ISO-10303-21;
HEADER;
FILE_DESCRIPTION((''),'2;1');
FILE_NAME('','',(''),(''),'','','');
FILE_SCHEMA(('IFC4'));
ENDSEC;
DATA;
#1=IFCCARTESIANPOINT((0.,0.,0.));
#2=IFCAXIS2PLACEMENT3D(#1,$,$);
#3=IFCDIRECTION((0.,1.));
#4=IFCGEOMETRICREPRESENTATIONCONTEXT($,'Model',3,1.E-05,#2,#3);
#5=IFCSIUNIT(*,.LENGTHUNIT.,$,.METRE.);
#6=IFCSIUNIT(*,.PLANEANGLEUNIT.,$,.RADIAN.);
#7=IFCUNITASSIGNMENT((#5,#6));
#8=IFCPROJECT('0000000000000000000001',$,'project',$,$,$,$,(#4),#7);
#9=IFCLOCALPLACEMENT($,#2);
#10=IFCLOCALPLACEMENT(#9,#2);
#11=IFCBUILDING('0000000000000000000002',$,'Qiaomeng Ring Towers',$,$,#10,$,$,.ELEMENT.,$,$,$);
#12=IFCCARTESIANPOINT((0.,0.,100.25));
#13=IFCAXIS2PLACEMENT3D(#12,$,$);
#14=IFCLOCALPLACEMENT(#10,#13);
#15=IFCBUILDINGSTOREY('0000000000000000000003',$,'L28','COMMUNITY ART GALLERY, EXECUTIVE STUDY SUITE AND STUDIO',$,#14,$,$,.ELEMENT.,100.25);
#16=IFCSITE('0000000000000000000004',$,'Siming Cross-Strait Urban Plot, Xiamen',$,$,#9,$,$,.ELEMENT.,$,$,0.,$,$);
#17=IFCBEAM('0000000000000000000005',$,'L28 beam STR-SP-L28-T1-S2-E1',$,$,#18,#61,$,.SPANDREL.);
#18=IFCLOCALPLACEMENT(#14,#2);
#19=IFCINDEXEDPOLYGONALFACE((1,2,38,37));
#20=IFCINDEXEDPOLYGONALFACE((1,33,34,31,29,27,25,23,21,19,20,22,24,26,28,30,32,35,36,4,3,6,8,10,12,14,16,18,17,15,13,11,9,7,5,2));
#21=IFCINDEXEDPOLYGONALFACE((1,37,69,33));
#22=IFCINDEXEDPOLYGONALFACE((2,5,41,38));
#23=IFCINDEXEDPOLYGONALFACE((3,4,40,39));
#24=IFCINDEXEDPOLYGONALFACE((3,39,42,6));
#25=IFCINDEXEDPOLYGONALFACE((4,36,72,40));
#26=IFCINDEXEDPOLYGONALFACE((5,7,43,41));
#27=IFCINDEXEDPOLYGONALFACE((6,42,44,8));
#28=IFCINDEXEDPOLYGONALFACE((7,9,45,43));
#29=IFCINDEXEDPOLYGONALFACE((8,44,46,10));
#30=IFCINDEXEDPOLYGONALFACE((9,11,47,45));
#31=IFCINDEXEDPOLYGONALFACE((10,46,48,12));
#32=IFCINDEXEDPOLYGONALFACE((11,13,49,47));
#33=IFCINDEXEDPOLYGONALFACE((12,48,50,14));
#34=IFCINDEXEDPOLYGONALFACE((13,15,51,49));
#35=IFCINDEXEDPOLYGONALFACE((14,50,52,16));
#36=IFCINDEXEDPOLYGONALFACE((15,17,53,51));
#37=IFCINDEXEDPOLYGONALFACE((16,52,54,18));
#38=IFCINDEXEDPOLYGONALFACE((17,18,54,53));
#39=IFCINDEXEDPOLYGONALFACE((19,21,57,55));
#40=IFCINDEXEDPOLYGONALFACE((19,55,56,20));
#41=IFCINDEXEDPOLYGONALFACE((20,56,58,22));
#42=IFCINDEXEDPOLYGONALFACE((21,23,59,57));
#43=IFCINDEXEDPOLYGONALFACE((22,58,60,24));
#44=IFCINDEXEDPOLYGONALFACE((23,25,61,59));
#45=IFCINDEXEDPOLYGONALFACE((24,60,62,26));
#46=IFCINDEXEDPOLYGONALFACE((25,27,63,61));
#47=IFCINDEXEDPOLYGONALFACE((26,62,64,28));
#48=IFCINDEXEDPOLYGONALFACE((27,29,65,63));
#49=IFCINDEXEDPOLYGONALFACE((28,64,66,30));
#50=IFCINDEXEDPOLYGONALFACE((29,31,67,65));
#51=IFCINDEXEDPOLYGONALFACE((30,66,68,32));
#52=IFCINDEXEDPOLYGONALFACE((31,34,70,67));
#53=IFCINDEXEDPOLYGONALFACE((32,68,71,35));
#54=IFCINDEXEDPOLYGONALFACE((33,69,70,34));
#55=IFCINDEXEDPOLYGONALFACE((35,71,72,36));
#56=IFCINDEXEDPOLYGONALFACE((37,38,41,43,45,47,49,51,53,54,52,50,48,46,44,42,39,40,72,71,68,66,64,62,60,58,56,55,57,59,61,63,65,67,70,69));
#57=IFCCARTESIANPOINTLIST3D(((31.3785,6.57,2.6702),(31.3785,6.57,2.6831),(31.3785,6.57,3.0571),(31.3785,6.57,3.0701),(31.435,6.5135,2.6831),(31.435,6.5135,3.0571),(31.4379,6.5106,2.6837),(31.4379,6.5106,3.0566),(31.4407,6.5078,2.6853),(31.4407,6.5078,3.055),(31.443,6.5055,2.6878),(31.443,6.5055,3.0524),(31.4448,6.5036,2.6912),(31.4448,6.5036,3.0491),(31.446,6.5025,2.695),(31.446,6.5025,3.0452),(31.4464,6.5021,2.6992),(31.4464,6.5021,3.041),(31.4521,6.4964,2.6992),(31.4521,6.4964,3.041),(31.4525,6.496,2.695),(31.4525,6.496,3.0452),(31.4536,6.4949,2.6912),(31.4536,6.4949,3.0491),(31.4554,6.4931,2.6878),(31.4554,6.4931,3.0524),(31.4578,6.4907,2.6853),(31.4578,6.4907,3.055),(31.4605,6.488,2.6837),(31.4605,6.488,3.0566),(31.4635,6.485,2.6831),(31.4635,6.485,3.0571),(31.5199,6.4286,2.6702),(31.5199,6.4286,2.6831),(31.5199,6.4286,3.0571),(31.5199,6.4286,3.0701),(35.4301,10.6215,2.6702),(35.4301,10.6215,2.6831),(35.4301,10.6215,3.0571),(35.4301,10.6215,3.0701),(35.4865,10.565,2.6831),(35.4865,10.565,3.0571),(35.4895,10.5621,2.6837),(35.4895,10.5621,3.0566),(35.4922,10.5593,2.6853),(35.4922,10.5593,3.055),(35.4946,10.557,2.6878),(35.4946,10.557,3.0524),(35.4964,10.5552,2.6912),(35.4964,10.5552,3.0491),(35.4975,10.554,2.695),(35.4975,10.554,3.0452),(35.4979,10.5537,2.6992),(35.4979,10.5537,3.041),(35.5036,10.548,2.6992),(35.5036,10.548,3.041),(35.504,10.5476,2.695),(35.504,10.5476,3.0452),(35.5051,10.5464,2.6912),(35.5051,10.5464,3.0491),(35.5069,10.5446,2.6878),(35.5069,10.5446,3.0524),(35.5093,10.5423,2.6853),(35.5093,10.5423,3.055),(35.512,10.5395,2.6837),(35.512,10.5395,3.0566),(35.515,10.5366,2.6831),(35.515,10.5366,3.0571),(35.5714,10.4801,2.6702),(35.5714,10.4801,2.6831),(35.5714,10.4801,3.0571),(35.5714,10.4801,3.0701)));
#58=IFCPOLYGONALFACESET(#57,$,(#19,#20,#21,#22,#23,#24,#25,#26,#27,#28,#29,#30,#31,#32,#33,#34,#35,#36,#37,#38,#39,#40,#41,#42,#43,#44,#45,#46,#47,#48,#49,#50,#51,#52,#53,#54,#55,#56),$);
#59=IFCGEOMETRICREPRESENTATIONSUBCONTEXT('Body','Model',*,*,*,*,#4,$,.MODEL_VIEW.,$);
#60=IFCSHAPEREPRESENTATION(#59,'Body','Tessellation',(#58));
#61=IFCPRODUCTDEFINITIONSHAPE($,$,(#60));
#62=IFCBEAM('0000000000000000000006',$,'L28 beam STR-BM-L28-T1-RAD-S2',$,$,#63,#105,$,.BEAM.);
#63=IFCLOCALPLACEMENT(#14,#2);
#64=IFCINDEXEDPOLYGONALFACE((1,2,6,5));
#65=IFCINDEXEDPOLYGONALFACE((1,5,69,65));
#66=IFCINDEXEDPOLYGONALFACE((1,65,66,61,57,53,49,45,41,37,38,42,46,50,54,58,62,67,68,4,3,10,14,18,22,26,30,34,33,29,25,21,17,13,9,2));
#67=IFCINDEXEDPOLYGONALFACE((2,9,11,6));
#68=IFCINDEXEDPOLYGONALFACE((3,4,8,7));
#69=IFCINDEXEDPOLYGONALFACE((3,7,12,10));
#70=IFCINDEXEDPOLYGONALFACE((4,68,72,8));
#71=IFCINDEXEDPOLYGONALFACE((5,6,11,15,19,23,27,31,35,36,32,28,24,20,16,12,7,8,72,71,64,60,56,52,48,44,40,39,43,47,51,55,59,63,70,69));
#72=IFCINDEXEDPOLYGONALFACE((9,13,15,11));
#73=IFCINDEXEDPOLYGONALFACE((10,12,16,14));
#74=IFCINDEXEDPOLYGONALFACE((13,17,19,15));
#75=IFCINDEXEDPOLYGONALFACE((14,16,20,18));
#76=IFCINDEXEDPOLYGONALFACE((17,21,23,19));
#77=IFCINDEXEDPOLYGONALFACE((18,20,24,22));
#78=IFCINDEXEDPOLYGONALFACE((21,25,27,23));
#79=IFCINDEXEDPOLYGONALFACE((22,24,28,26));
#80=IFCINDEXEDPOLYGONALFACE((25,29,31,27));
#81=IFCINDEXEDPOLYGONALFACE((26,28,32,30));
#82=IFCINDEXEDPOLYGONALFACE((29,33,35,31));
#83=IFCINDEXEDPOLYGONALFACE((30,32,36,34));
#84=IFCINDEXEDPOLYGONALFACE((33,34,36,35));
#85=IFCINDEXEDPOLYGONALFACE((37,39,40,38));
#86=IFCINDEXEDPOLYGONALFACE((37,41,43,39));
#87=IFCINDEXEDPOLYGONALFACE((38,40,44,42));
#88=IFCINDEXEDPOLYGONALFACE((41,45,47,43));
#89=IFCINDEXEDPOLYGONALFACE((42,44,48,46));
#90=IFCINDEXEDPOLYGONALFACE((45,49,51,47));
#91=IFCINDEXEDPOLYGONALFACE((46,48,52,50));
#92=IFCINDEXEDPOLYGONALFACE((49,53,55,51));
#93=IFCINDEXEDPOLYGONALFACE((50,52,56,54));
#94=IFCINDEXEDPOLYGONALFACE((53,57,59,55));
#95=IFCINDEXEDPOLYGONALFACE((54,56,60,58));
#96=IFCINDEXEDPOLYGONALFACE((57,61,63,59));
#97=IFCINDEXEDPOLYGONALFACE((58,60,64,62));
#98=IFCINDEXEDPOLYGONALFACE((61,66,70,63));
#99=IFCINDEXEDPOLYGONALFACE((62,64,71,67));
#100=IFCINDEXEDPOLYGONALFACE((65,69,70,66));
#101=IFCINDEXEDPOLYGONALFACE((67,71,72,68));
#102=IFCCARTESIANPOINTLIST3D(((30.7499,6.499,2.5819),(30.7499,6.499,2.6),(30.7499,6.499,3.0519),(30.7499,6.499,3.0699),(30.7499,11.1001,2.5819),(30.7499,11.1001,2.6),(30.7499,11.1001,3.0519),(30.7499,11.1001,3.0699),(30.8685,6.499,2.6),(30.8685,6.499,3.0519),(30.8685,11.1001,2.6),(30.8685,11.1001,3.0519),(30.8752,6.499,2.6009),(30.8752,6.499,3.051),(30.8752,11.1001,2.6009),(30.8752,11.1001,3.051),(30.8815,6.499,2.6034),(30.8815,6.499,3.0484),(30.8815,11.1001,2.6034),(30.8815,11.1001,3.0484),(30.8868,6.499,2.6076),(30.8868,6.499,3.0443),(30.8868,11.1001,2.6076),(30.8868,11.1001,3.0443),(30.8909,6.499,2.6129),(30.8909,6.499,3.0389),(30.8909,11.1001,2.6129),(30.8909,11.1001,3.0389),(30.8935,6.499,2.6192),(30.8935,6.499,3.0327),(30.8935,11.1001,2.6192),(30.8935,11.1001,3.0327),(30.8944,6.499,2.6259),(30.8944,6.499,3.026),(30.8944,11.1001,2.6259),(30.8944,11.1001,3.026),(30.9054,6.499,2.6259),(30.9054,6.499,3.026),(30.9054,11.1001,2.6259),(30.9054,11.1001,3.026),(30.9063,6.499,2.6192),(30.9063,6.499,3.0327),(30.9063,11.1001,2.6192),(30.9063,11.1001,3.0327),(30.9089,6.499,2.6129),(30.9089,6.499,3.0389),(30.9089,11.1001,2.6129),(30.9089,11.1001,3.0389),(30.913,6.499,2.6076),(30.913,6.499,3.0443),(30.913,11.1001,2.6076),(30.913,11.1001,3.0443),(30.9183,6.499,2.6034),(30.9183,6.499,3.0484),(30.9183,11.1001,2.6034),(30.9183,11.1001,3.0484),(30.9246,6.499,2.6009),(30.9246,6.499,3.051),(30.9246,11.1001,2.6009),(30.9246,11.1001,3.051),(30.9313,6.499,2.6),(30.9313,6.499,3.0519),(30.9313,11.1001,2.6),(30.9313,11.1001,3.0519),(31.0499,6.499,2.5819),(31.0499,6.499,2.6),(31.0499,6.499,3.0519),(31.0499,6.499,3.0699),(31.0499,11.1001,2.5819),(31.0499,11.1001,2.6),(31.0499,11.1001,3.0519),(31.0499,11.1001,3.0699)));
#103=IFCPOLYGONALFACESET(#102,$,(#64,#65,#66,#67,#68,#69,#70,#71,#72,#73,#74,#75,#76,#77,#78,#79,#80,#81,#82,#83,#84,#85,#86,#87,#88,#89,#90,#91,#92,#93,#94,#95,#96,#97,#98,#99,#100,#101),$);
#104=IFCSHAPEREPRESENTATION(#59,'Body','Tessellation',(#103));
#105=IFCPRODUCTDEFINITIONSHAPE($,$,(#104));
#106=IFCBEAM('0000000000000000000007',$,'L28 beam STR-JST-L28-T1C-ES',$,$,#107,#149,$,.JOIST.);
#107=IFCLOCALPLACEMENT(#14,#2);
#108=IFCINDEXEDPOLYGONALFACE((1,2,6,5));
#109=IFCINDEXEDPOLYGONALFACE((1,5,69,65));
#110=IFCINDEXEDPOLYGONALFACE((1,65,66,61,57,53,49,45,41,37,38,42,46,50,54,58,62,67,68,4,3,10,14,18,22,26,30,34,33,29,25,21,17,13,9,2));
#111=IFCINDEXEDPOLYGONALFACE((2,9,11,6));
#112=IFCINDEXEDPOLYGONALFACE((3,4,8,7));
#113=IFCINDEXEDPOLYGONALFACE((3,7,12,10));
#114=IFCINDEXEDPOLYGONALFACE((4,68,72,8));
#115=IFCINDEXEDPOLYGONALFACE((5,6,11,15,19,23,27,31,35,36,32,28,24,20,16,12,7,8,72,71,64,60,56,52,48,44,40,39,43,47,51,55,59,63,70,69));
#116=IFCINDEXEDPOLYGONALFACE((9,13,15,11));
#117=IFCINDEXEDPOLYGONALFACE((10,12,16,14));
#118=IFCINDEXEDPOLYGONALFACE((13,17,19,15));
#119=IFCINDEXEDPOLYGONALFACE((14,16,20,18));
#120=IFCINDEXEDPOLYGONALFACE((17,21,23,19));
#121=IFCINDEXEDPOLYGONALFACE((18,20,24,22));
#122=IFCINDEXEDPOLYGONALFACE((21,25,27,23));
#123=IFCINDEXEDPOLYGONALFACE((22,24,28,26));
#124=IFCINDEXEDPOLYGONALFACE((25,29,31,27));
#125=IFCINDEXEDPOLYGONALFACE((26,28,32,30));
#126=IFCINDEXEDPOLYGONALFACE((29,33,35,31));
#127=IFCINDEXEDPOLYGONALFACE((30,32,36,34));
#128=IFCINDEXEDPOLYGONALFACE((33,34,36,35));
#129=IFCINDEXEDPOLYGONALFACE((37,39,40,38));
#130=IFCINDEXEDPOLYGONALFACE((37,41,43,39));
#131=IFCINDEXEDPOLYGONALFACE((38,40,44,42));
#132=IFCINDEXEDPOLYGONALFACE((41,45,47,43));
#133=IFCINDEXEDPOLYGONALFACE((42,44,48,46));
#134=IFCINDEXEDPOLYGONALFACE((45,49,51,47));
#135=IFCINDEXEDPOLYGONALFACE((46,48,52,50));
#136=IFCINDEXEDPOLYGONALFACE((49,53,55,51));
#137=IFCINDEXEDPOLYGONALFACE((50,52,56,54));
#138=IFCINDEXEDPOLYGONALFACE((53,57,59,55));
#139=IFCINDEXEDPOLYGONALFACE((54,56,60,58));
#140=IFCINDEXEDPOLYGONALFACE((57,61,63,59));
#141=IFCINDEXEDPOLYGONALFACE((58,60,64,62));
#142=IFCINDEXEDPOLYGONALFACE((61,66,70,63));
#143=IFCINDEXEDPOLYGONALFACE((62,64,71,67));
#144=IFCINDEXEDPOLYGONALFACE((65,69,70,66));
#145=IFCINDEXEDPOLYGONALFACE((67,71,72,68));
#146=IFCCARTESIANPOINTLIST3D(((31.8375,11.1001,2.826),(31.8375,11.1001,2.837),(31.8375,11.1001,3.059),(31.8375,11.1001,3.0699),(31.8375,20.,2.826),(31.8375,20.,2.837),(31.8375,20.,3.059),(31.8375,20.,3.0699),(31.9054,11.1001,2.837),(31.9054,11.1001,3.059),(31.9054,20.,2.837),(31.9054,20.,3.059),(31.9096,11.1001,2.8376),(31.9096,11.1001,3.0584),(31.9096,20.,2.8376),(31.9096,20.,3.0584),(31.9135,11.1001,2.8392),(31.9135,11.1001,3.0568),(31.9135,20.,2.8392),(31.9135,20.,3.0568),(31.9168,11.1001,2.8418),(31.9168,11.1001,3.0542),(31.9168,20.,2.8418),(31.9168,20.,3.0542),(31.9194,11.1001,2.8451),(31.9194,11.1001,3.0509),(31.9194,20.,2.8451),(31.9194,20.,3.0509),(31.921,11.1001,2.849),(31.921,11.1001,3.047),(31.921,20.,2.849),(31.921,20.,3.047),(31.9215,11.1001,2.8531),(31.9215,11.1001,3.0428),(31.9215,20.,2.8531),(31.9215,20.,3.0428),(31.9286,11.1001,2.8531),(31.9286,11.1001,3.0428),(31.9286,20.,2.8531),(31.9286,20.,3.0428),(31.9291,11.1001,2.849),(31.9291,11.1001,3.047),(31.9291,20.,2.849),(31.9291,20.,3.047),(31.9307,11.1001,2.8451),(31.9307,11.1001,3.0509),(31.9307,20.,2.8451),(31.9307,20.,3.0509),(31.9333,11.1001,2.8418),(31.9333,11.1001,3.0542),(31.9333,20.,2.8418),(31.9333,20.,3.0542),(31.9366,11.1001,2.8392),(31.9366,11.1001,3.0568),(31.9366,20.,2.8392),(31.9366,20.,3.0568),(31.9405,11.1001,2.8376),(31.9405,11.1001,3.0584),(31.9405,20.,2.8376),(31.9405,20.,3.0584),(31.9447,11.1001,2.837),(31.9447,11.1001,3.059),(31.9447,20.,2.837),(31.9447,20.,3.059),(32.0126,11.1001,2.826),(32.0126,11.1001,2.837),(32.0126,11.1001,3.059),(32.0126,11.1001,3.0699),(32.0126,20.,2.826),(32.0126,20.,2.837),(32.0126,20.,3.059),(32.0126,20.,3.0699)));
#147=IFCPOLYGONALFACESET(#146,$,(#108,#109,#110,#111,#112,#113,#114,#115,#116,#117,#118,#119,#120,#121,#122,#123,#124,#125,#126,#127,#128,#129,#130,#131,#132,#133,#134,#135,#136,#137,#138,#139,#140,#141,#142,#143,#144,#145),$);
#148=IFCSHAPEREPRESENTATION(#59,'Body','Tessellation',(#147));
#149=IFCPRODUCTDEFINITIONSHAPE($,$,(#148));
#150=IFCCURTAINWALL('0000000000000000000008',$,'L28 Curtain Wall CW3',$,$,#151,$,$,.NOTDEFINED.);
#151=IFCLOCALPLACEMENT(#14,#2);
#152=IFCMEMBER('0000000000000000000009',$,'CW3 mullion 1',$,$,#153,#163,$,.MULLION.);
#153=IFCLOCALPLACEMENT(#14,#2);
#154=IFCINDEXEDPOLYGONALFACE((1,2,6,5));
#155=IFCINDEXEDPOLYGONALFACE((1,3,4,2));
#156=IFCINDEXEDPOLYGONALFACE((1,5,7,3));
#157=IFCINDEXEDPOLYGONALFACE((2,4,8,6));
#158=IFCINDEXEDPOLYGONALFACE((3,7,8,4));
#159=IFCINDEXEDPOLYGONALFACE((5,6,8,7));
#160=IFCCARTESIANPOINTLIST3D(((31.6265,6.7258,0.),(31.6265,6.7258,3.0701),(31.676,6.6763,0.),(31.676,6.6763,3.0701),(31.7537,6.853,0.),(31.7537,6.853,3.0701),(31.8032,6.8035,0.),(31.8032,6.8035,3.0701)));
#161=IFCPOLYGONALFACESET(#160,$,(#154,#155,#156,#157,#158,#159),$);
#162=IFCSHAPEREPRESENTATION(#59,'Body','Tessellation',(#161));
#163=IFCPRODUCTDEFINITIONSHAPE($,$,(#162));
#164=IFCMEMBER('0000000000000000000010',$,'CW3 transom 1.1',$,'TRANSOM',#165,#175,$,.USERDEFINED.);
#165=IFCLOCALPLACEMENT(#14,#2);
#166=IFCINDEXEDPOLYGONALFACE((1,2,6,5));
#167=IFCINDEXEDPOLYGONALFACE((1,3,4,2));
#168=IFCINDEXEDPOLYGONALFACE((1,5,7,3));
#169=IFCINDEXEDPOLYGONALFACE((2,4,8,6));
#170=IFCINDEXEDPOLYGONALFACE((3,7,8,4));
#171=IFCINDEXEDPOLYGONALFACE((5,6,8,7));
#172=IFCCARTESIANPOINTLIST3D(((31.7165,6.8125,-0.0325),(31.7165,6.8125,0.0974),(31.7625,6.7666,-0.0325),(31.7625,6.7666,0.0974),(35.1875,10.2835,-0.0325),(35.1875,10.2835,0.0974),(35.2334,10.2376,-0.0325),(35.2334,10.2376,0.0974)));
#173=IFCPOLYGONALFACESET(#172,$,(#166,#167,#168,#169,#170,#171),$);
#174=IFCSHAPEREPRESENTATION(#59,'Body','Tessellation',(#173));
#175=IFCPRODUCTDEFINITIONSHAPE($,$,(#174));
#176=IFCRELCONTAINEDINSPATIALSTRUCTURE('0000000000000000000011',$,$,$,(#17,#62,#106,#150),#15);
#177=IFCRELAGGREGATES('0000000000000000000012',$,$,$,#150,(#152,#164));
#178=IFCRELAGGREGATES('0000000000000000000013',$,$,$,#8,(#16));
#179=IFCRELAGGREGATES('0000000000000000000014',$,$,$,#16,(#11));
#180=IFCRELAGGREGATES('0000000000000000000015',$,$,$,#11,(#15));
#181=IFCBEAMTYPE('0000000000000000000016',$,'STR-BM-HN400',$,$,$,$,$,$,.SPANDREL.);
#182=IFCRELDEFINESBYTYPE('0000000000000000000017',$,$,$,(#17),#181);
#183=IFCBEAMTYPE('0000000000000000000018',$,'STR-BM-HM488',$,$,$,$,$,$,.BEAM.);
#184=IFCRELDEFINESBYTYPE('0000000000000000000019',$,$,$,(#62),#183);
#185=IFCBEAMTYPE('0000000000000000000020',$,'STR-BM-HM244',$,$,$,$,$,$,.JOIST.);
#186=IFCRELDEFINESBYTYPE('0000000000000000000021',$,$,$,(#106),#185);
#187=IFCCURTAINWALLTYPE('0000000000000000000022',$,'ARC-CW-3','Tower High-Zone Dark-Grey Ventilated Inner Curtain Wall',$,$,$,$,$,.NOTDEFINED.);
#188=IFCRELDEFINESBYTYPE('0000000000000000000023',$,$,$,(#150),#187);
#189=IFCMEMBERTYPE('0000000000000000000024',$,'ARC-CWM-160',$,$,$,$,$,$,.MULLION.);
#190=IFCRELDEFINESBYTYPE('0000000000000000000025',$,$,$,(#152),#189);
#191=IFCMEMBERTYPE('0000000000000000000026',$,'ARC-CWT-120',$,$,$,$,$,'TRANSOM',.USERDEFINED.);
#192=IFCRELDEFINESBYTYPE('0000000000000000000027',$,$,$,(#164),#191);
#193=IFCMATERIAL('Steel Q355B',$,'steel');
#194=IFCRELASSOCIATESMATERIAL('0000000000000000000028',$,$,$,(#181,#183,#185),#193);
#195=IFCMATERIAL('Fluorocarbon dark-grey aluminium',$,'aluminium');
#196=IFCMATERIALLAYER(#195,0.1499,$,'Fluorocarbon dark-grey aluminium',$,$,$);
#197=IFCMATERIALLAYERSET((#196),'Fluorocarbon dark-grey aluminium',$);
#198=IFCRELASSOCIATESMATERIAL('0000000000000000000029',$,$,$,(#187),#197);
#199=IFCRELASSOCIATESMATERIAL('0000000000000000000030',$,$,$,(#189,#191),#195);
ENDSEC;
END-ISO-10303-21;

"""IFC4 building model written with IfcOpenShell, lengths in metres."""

from ifc_helpers import new_model, si_unit, direction, frame, origin, origin_2d, place, context, subcontext, project, spatial, rectangle, i_section, extrude, source, transform, mapped, material, layer, layer_set, material_profile, profile_set, type_object, element, aggregate, save


model = new_model("IFC4")

# Units and contexts
model_context = context("Model", 3, precision=1e-05, world=origin(), true_north=direction((0.0, 1.0)))
body_context = subcontext(model_context, "Body", "Model", "MODEL_VIEW")
ifc_project = project(units=[si_unit("LENGTHUNIT", "METRE"), si_unit("PLANEANGLEUNIT", "RADIAN")], contexts=[model_context])

# Site, building, storey
site_placement = place(None, origin())
site = spatial("IfcSite", under=ifc_project, at=site_placement, Name="Siming Cross-Strait Urban Plot, Xiamen", CompositionType="ELEMENT", RefElevation=0.0)
building_placement = place(site_placement, origin())
building = spatial("IfcBuilding", under=site, at=building_placement, Name="Qiaomeng Ring Towers", CompositionType="ELEMENT")
storey_placement = place(building_placement, frame((0.0, 0.0, 100.25)))
storey = spatial("IfcBuildingStorey", under=building, at=storey_placement, Name="L28", Description="COMMUNITY ART GALLERY, EXECUTIVE STUDY SUITE AND STUDIO", CompositionType="ELEMENT", Elevation=100.25)

# Beams
ifc_material_1 = material(Name="Steel Q355B", Category="steel")
ifc_material_profile_1 = material_profile(ifc_material_1, i_section(OverallWidth=0.2, OverallDepth=0.3999, WebThickness=0.0081, FlangeThickness=0.0129, FilletRadius=0.0161, at=origin_2d()), Name="HN 400x200x8x13")
ifc_profile_set_1 = profile_set([ifc_material_profile_1], Name="Steel Q355B")
beam_type_1 = type_object("IfcBeamType", Name="STR-BM-HN400", PredefinedType="SPANDREL", material=ifc_profile_set_1)
shared_shape_1 = source(origin(), body_context, "Body", "SweptSolid", [
    extrude(i_section(OverallWidth=0.2, OverallDepth=0.3999, WebThickness=0.0081, FlangeThickness=0.0129, FilletRadius=0.0161, at=origin_2d()), origin(), (0.0, 0.0, 1.0), 5.7297),
])
beam_1_placement = place(storey_placement, frame((31.4492, 6.4993, 2.8701), z_axis=(0.707107, 0.707107, 0.0), x_axis=(-0.707107, 0.707107, 0.0)))
element("IfcBeam", 1, at=beam_1_placement, inside=storey, type_object=beam_type_1, Name="L28 beam STR-SP-L28-T1-S2-E1", PredefinedType="SPANDREL", context=body_context, shape_type="MappedRepresentation", body=[
    mapped(shared_shape_1, transform((0.0, 0.0, 0.0), x_axis=(1.0, 0.0, 0.0), y_axis=(0.0, 1.0, 0.0), z_axis=(0.0, 0.0, 1.0), scale=1.0)),
])
ifc_material_profile_2 = material_profile(ifc_material_1, i_section(OverallWidth=0.3, OverallDepth=0.488, WebThickness=0.011, FlangeThickness=0.0181, FilletRadius=0.0259, at=origin_2d()), Name="HM 488x300x11x18")
ifc_profile_set_2 = profile_set([ifc_material_profile_2], Name="Steel Q355B")
beam_type_2 = type_object("IfcBeamType", Name="STR-BM-HM488", PredefinedType="BEAM", material=ifc_profile_set_2)
shared_shape_2 = source(origin(), body_context, "Body", "SweptSolid", [
    extrude(i_section(OverallWidth=0.3, OverallDepth=0.488, WebThickness=0.011, FlangeThickness=0.0181, FilletRadius=0.0259, at=origin_2d()), origin(), (0.0, 0.0, 1.0), 4.6011),
])
beam_2_placement = place(storey_placement, frame((30.8999, 6.499, 2.8259), z_axis=(0.0, 1.0, 0.0), x_axis=(-1.0, 0.0, 0.0)))
element("IfcBeam", 2, at=beam_2_placement, inside=storey, type_object=beam_type_2, Name="L28 beam STR-BM-L28-T1-RAD-S2", PredefinedType="BEAM", context=body_context, shape_type="MappedRepresentation", body=[
    mapped(shared_shape_2, transform((0.0, 0.0, 0.0), x_axis=(1.0, 0.0, 0.0), y_axis=(0.0, 1.0, 0.0), z_axis=(0.0, 0.0, 1.0), scale=1.0)),
])
ifc_material_profile_3 = material_profile(ifc_material_1, i_section(OverallWidth=0.175, OverallDepth=0.2439, WebThickness=0.0071, FlangeThickness=0.011, FilletRadius=0.0161, at=origin_2d()), Name="HM 244x175x7x11")
ifc_profile_set_3 = profile_set([ifc_material_profile_3], Name="Steel Q355B")
beam_type_3 = type_object("IfcBeamType", Name="STR-BM-HM244", PredefinedType="JOIST", material=ifc_profile_set_3)
shared_shape_3 = source(origin(), body_context, "Body", "SweptSolid", [
    extrude(i_section(OverallWidth=0.175, OverallDepth=0.2439, WebThickness=0.0071, FlangeThickness=0.011, FilletRadius=0.0161, at=origin_2d()), origin(), (0.0, 0.0, 1.0), 8.8999),
])
beam_3_placement = place(storey_placement, frame((31.925, 11.1001, 2.948), z_axis=(0.0, 1.0, 0.0), x_axis=(-1.0, 0.0, 0.0)))
element("IfcBeam", 3, at=beam_3_placement, inside=storey, type_object=beam_type_3, Name="L28 beam STR-JST-L28-T1C-ES", PredefinedType="JOIST", context=body_context, shape_type="MappedRepresentation", body=[
    mapped(shared_shape_3, transform((0.0, 0.0, 0.0), x_axis=(1.0, 0.0, 0.0), y_axis=(0.0, 1.0, 0.0), z_axis=(0.0, 0.0, 1.0), scale=1.0)),
])

# Curtain wall, members
ifc_material_2 = material(Name="Fluorocarbon dark-grey aluminium", Category="aluminium")
ifc_layer_1 = layer(ifc_material_2, 0.1499, Name="Fluorocarbon dark-grey aluminium")
ifc_layer_set_1 = layer_set([ifc_layer_1], Name="Fluorocarbon dark-grey aluminium")
curtain_wall_type = type_object("IfcCurtainWallType", Name="ARC-CW-3", Description="Tower High-Zone Dark-Grey Ventilated Inner Curtain Wall", PredefinedType="NOTDEFINED", material=ifc_layer_set_1)
curtain_wall_placement = place(storey_placement, origin())
curtain_wall = element("IfcCurtainWall", 4, at=curtain_wall_placement, inside=storey, type_object=curtain_wall_type, Name="L28 Curtain Wall CW3", PredefinedType="NOTDEFINED")
ifc_material_profile_4 = material_profile(ifc_material_2, rectangle(XDim=0.0701, YDim=0.1799, at=origin_2d()), Name="ALU MULL 70x180")
ifc_profile_set_4 = profile_set([ifc_material_profile_4], Name="Fluorocarbon dark-grey aluminium")
member_type_1 = type_object("IfcMemberType", Name="ARC-CWM-160", PredefinedType="MULLION", material=ifc_profile_set_4)
shared_shape_4 = source(origin(), body_context, "Body", "SweptSolid", [
    extrude(rectangle(XDim=0.0701, YDim=0.1799, at=origin_2d()), origin(), (0.0, 0.0, 1.0), 3.0701),
])
member_1_placement = place(storey_placement, frame((31.7148, 6.7646, 0.0), z_axis=(0.0, 0.0, 1.0), x_axis=(-0.707107, 0.707107, 0.0)))
member_1 = element("IfcMember", 5, at=member_1_placement, type_object=member_type_1, Name="CW3 mullion 1", PredefinedType="MULLION", context=body_context, shape_type="MappedRepresentation", body=[
    mapped(shared_shape_4, transform((0.0, 0.0, 0.0), x_axis=(1.0, 0.0, 0.0), y_axis=(0.0, 1.0, 0.0), z_axis=(0.0, 0.0, 1.0), scale=1.0)),
])
ifc_material_profile_5 = material_profile(ifc_material_2, rectangle(XDim=0.0649, YDim=0.1299, at=origin_2d()), Name="ALU TRAN 65x130")
ifc_profile_set_5 = profile_set([ifc_material_profile_5], Name="Fluorocarbon dark-grey aluminium")
member_type_2 = type_object("IfcMemberType", Name="ARC-CWT-120", ElementType="TRANSOM", PredefinedType="USERDEFINED", material=ifc_profile_set_5)
shared_shape_5 = source(origin(), body_context, "Body", "SweptSolid", [
    extrude(rectangle(XDim=0.0649, YDim=0.1299, at=origin_2d()), origin(), (0.0, 0.0, 1.0), 4.9087),
])
member_2_placement = place(storey_placement, frame((31.7395, 6.7896, 0.0325), z_axis=(0.707107, 0.707107, 0.0), x_axis=(-0.707107, 0.707107, 0.0)))
member_2 = element("IfcMember", 6, at=member_2_placement, type_object=member_type_2, Name="CW3 transom 1.1", ObjectType="TRANSOM", PredefinedType="USERDEFINED", context=body_context, shape_type="MappedRepresentation", body=[
    mapped(shared_shape_5, transform((0.0, 0.0, 0.0), x_axis=(1.0, 0.0, 0.0), y_axis=(0.0, 1.0, 0.0), z_axis=(0.0, 0.0, 1.0), scale=1.0)),
])
aggregate(curtain_wall, [member_1, member_2])

save(model, "model.ifc")
